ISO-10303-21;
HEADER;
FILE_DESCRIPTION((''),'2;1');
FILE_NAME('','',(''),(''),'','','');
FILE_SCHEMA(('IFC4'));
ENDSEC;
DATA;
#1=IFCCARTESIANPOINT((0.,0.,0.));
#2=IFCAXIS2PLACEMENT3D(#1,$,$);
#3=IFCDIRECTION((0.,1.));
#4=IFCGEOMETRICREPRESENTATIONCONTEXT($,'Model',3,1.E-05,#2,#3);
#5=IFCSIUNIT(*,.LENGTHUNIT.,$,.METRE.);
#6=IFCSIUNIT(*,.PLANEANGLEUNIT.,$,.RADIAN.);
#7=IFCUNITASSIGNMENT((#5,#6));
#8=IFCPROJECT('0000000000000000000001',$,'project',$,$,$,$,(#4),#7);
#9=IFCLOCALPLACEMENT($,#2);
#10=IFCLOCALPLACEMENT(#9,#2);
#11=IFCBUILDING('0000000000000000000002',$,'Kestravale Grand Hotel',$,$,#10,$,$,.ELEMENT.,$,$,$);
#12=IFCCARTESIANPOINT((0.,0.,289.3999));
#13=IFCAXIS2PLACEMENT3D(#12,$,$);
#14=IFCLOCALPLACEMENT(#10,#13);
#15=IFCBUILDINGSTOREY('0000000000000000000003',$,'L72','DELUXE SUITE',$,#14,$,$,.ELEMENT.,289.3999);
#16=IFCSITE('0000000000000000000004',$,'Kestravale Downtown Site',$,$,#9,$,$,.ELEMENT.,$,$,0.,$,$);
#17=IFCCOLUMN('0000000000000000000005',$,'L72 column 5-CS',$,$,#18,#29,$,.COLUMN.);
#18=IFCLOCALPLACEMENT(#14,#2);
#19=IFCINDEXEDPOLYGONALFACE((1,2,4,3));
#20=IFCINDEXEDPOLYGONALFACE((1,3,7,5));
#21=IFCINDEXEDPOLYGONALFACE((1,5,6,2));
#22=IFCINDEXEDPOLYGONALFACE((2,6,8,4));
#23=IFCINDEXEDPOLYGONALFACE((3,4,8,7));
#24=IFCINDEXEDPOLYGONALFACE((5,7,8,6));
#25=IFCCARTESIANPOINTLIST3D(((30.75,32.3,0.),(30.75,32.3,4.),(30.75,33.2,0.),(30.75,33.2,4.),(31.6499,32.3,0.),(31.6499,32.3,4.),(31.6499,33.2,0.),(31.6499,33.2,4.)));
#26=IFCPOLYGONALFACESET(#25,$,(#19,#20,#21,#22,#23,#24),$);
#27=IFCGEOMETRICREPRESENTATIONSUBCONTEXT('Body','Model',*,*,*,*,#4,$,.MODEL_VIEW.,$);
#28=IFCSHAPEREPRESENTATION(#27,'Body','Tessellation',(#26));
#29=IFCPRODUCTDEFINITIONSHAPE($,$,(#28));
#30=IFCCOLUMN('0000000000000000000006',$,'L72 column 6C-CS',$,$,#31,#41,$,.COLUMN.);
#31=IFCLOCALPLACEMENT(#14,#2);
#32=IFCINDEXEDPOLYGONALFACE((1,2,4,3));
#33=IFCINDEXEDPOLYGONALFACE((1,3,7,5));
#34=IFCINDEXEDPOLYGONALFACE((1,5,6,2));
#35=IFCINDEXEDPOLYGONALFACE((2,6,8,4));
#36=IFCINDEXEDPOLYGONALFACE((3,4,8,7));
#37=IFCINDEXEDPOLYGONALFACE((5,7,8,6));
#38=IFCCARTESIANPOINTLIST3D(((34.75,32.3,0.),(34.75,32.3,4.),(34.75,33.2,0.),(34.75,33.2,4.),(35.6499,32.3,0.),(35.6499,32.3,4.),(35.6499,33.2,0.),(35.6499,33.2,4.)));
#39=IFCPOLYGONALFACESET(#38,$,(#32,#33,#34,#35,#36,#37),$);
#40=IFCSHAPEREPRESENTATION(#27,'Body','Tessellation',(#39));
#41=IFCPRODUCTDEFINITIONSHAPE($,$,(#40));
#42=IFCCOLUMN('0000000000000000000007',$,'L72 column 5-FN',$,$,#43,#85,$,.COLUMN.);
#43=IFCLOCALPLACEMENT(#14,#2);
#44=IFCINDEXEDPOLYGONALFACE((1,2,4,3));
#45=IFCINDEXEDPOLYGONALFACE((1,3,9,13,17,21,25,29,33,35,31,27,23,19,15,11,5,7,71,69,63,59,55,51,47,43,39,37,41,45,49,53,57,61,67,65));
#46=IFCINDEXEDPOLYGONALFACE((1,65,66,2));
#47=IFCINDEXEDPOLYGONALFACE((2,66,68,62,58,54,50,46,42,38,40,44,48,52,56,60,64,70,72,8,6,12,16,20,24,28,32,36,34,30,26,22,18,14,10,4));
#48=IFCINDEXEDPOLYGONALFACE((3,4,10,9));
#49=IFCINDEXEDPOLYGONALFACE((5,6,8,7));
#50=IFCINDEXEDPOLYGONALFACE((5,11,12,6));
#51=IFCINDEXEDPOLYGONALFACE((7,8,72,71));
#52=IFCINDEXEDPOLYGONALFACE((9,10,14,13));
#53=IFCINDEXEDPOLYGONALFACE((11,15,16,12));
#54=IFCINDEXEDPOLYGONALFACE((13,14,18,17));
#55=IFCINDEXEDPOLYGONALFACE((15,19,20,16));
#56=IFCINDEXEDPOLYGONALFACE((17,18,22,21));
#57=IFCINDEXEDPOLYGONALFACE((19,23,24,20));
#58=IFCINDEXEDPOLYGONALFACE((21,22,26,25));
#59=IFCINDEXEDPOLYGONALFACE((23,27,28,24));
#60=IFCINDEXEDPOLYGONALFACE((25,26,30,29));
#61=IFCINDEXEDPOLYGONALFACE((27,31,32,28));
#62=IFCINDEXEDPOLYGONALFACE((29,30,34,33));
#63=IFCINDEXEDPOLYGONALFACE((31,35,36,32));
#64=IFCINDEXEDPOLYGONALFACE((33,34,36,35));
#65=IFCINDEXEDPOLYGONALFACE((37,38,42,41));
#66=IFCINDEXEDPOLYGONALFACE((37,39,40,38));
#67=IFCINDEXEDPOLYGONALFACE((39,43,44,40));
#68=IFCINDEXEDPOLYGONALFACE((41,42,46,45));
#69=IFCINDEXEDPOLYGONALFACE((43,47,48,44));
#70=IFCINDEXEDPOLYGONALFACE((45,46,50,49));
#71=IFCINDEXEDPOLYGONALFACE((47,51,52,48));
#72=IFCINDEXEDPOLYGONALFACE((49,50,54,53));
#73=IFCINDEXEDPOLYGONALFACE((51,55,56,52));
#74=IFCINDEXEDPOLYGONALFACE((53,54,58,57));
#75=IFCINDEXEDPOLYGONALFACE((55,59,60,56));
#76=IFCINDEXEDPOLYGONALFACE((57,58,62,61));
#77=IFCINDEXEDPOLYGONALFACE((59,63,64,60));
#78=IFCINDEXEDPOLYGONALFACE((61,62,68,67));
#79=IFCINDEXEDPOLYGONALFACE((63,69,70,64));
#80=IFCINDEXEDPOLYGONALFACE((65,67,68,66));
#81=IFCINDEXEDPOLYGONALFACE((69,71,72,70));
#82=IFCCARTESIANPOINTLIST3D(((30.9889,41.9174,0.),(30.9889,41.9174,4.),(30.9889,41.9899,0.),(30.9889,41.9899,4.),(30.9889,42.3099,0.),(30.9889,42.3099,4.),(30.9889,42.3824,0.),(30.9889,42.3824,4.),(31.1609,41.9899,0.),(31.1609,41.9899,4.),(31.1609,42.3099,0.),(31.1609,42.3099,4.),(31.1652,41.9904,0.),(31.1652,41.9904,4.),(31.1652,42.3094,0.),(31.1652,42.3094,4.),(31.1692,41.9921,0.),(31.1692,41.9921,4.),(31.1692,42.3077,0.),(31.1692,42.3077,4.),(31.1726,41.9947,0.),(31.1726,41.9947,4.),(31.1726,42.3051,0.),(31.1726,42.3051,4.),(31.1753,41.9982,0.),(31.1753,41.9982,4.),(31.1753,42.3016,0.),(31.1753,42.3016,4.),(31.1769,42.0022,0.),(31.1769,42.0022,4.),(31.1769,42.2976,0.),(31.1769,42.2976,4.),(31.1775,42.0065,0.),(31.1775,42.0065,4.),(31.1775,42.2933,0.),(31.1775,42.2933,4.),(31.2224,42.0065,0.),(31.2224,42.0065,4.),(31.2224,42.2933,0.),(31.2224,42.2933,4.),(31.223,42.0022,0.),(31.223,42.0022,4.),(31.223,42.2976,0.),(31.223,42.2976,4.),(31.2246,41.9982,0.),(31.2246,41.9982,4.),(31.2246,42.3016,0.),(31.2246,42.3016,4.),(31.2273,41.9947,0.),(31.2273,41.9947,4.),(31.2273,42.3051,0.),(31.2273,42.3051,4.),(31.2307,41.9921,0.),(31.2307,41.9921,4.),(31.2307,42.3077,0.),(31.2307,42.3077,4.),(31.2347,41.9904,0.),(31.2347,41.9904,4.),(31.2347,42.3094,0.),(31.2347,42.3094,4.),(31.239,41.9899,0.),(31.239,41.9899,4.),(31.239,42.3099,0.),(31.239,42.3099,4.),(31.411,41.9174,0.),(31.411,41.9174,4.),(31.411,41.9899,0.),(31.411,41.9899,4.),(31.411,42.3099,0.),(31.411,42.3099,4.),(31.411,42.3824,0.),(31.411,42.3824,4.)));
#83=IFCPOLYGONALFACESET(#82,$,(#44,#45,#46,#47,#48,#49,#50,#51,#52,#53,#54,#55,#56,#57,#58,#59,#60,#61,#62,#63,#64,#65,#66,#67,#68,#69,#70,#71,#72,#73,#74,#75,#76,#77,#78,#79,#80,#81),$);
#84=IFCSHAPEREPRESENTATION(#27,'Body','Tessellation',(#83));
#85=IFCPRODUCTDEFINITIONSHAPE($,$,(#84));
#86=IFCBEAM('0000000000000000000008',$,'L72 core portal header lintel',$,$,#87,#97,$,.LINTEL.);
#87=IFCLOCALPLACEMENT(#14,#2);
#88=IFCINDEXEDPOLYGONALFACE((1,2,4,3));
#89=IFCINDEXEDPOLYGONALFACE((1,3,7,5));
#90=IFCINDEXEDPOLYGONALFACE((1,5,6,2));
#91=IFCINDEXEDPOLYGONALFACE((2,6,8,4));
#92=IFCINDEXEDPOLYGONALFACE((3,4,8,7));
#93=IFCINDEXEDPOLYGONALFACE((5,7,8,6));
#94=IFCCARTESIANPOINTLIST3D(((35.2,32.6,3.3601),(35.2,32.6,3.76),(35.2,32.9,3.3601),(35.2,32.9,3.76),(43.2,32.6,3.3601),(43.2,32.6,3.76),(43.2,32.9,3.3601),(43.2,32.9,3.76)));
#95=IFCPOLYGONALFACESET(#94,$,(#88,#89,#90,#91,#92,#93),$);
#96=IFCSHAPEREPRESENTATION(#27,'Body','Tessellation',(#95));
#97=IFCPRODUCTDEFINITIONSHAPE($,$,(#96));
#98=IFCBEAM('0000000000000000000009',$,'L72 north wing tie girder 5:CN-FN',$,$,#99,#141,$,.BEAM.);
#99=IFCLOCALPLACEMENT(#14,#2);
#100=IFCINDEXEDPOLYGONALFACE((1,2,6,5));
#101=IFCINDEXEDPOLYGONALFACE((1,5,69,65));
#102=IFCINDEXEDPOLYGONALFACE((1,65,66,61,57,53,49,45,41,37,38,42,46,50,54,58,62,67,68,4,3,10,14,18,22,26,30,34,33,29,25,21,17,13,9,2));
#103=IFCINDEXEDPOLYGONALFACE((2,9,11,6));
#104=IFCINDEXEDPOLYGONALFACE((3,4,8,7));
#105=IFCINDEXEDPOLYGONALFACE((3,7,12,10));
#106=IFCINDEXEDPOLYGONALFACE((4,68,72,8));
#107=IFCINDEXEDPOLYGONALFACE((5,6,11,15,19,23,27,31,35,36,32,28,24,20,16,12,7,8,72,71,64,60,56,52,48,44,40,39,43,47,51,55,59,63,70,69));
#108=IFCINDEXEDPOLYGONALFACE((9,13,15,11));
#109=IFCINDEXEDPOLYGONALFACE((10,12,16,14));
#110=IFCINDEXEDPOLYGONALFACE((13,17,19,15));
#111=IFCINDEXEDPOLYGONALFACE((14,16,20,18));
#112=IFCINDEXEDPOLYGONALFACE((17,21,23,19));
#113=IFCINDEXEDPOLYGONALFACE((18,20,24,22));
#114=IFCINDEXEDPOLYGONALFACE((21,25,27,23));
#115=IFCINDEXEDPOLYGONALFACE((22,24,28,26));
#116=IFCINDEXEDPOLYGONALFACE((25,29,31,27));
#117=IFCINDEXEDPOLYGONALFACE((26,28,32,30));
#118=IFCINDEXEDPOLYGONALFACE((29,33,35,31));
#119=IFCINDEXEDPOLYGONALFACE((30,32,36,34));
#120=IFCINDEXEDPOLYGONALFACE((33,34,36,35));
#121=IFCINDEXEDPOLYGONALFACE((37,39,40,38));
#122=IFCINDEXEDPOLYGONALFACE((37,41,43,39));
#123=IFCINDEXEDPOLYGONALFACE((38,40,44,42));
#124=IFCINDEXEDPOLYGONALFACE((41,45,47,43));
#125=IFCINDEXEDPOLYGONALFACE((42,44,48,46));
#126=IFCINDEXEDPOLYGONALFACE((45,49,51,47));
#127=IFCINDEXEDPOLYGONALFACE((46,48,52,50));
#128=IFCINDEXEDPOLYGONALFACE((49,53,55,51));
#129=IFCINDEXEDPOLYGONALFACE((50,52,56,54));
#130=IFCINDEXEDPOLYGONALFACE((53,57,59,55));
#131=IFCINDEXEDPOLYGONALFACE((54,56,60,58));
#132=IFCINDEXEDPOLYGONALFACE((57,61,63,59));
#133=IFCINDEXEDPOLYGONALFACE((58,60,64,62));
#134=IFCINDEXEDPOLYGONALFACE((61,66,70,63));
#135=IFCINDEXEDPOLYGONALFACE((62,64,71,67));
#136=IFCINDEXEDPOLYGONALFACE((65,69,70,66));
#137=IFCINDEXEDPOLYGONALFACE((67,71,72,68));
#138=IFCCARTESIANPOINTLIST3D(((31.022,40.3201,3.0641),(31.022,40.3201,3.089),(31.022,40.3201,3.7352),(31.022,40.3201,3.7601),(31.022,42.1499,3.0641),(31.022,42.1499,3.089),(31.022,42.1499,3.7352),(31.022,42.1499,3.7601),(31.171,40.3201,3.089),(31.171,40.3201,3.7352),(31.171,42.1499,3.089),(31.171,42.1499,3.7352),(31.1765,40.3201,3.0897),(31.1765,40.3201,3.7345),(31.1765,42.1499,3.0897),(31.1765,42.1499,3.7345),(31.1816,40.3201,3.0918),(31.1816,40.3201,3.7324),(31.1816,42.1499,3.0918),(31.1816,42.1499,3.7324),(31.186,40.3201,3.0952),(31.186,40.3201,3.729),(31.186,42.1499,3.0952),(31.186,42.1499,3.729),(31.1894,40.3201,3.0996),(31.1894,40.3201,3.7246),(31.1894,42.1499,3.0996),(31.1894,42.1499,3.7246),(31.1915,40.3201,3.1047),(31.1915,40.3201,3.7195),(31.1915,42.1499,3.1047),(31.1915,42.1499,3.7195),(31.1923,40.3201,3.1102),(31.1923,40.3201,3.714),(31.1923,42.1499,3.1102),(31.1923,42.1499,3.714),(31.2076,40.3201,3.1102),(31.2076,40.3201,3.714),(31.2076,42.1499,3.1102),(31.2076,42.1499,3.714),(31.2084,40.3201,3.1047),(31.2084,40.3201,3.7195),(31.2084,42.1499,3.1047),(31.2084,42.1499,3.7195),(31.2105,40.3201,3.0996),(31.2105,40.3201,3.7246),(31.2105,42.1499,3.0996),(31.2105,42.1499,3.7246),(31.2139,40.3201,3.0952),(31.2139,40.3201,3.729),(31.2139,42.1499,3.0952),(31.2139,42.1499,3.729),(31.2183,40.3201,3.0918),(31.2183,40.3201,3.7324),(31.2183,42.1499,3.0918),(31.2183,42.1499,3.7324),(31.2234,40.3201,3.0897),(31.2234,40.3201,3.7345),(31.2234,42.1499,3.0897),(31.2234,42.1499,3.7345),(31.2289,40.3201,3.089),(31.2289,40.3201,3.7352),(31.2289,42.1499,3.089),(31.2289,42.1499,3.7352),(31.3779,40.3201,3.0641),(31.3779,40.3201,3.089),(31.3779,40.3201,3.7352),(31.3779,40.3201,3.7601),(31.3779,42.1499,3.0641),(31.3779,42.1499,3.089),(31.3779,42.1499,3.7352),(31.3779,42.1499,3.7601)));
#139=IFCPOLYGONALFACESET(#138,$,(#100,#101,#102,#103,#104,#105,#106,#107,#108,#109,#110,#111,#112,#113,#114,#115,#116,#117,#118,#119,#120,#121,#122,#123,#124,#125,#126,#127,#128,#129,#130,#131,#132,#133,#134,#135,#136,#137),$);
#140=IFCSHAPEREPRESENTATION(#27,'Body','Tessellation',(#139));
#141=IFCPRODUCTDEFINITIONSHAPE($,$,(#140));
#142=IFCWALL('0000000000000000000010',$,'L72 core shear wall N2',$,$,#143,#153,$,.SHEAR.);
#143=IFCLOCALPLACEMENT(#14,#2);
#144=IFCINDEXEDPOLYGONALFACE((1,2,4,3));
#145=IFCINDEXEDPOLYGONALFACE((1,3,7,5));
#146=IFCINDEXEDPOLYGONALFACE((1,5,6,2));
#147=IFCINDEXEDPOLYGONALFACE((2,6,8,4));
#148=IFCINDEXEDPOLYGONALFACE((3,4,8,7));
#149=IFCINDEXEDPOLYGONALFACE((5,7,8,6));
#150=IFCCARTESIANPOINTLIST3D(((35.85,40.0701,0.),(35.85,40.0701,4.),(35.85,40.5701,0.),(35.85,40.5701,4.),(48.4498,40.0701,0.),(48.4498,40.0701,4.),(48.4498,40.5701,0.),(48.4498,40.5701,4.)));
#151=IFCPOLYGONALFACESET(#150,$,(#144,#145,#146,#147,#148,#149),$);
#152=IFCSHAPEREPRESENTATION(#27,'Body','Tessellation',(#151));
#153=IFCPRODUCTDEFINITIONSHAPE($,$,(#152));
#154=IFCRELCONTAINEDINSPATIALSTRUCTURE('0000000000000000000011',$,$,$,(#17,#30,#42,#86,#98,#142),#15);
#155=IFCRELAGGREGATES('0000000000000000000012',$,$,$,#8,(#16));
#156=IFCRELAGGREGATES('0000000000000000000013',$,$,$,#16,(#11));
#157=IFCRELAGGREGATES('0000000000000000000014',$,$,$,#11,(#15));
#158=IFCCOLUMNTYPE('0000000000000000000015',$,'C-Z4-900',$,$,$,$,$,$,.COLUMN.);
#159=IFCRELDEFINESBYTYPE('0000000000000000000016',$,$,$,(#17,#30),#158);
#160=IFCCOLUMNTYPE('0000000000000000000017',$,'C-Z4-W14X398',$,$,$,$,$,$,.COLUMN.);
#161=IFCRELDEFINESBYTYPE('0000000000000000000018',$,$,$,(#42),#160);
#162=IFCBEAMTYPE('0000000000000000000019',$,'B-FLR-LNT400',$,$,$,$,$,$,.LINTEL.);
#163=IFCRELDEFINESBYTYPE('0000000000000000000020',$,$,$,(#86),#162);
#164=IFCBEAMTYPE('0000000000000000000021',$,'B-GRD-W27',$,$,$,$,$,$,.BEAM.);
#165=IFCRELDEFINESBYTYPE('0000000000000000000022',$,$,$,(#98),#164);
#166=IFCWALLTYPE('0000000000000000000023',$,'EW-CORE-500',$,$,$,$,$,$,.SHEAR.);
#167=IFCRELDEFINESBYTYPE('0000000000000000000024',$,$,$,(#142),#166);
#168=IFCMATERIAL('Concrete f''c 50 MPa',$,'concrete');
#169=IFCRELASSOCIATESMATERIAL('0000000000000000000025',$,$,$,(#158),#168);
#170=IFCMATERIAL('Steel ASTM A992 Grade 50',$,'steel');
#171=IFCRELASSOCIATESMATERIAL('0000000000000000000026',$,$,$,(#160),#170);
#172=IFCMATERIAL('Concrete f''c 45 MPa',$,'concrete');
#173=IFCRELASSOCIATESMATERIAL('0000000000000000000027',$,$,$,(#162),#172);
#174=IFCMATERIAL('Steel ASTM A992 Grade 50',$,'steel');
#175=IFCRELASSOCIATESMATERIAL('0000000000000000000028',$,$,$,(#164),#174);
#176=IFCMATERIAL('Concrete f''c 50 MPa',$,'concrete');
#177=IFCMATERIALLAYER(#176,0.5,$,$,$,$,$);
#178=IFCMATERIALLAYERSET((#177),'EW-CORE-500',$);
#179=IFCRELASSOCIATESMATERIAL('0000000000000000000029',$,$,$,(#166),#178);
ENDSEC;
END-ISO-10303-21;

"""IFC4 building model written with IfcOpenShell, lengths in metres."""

from ifc_helpers import new_model, si_unit, direction, frame, frame_2d, origin, origin_2d, place, context, subcontext, project, spatial, rectangle, i_section, extrude, material, layer, layer_set, material_profile, profile_set, type_object, element, save


model = new_model("IFC4")

# Units and contexts
model_context = context("Model", 3, precision=1e-05, world=origin(), true_north=direction((0.0, 1.0)))
body_context = subcontext(model_context, "Body", "Model", "MODEL_VIEW")
ifc_project = project(units=[si_unit("LENGTHUNIT", "METRE"), si_unit("PLANEANGLEUNIT", "RADIAN")], contexts=[model_context])

# Site, building, storey
site_placement = place(None, origin())
site = spatial("IfcSite", under=ifc_project, at=site_placement, Name="Kestravale Downtown Site", CompositionType="ELEMENT", RefElevation=0.0)
building_placement = place(site_placement, origin())
building = spatial("IfcBuilding", under=site, at=building_placement, Name="Kestravale Grand Hotel", CompositionType="ELEMENT")
storey_placement = place(building_placement, frame((0.0, 0.0, 289.3999)))
storey = spatial("IfcBuildingStorey", under=building, at=storey_placement, Name="L72", Description="DELUXE SUITE", CompositionType="ELEMENT", Elevation=289.3999)

# Columns
ifc_material_1 = material(Name="Concrete f'c 50 MPa", Category="concrete")
ifc_material_profile_1 = material_profile(ifc_material_1, rectangle(XDim=0.8999, YDim=0.8999, at=origin_2d()))
ifc_profile_set_1 = profile_set([ifc_material_profile_1], Name="Concrete f'c 50 MPa")
column_type_1 = type_object("IfcColumnType", Name="C-Z4-900", PredefinedType="COLUMN", material=ifc_profile_set_1)
for number, where, z_axis, x_axis, name in (
    (1, (31.2, 32.75, 0.0), (0.0, 0.0, 1.0), (1.0, 0.0, 0.0), "L72 column 5-CS"),
    (2, (35.2, 32.75, 0.0), (0.0, 0.0, 1.0), (1.0, 0.0, 0.0), "L72 column 6C-CS"),
):
    element("IfcColumn", number, at=place(storey_placement, frame(where, z_axis=z_axis, x_axis=x_axis)), inside=storey, type_object=column_type_1, Name=name, PredefinedType="COLUMN", context=body_context, shape_type="SweptSolid", body=[
        extrude(rectangle(XDim=0.8999, YDim=0.8999, at=origin_2d()), origin(), (0.0, 0.0, 1.0), 4.0),
    ])
ifc_material_2 = material(Name="Steel ASTM A992 Grade 50", Category="steel")
ifc_material_profile_2 = material_profile(ifc_material_2, i_section(OverallWidth=0.4221, OverallDepth=0.4651, WebThickness=0.0449, FlangeThickness=0.0725, FilletRadius=0.0166, at=origin_2d()))
ifc_profile_set_2 = profile_set([ifc_material_profile_2], Name="Steel ASTM A992 Grade 50")
column_type_2 = type_object("IfcColumnType", Name="C-Z4-W14X398", PredefinedType="COLUMN", material=ifc_profile_set_2)
column_placement = place(storey_placement, frame((31.2, 42.1499, 0.0), z_axis=(0.0, 0.0, 1.0), x_axis=(1.0, 0.0, 0.0)))
element("IfcColumn", 3, at=column_placement, inside=storey, type_object=column_type_2, Name="L72 column 5-FN", PredefinedType="COLUMN", context=body_context, shape_type="SweptSolid", body=[
    extrude(i_section(OverallWidth=0.4221, OverallDepth=0.4651, WebThickness=0.0449, FlangeThickness=0.0725, FilletRadius=0.0166, at=origin_2d()), origin(), (0.0, 0.0, 1.0), 4.0),
])

# Beams
ifc_material_3 = material(Name="Concrete f'c 45 MPa", Category="concrete")
ifc_material_profile_3 = material_profile(ifc_material_3, rectangle(XDim=0.3, YDim=0.3999, at=origin_2d()))
ifc_profile_set_3 = profile_set([ifc_material_profile_3], Name="Concrete f'c 45 MPa")
beam_type_1 = type_object("IfcBeamType", Name="B-FLR-LNT400", PredefinedType="LINTEL", material=ifc_profile_set_3)
beam_1_placement = place(storey_placement, frame((35.2, 32.75, 3.5601), z_axis=(1.0, 0.0, 0.0), x_axis=(0.0, 1.0, 0.0)))
element("IfcBeam", 4, at=beam_1_placement, inside=storey, type_object=beam_type_1, Name="L72 core portal header lintel", PredefinedType="LINTEL", context=body_context, shape_type="SweptSolid", body=[
    extrude(rectangle(XDim=0.3, YDim=0.3999, at=origin_2d()), origin(), (0.0, 0.0, 1.0), 8.0),
])
ifc_material_4 = material(Name="Steel ASTM A992 Grade 50", Category="steel")
ifc_material_profile_4 = material_profile(ifc_material_4, i_section(OverallWidth=0.356, OverallDepth=0.696, WebThickness=0.0154, FlangeThickness=0.0249, FilletRadius=0.0212, at=origin_2d()))
ifc_profile_set_4 = profile_set([ifc_material_profile_4], Name="Steel ASTM A992 Grade 50")
beam_type_2 = type_object("IfcBeamType", Name="B-GRD-W27", PredefinedType="BEAM", material=ifc_profile_set_4)
beam_2_placement = place(storey_placement, frame((31.2, 40.3201, 3.4121), z_axis=(0.0, 1.0, 0.0), x_axis=(-1.0, 0.0, 0.0)))
element("IfcBeam", 5, at=beam_2_placement, inside=storey, type_object=beam_type_2, Name="L72 north wing tie girder 5:CN-FN", PredefinedType="BEAM", context=body_context, shape_type="SweptSolid", body=[
    extrude(i_section(OverallWidth=0.356, OverallDepth=0.696, WebThickness=0.0154, FlangeThickness=0.0249, FilletRadius=0.0212, at=origin_2d()), origin(), (0.0, 0.0, 1.0), 1.8298),
])

# Wall
ifc_material_5 = material(Name="Concrete f'c 50 MPa", Category="concrete")
ifc_layer_1 = layer(ifc_material_5, 0.5)
ifc_layer_set_1 = layer_set([ifc_layer_1], Name="EW-CORE-500")
wall_type_1 = type_object("IfcWallType", Name="EW-CORE-500", PredefinedType="SHEAR", material=ifc_layer_set_1)
wall_1_placement = place(storey_placement, frame((35.8501, 40.3201, 0.0), z_axis=(0.0, 0.0, 1.0), x_axis=(1.0, 0.0, 0.0)))
element("IfcWall", 6, at=wall_1_placement, inside=storey, type_object=wall_type_1, Name="L72 core shear wall N2", PredefinedType="SHEAR", context=body_context, shape_type="SweptSolid", body=[
    extrude(rectangle(XDim=12.5999, YDim=0.5, at=frame_2d((6.2998, 0.0))), origin(), (0.0, 0.0, 1.0), 4.0),
])

save(model, "model.ifc")
